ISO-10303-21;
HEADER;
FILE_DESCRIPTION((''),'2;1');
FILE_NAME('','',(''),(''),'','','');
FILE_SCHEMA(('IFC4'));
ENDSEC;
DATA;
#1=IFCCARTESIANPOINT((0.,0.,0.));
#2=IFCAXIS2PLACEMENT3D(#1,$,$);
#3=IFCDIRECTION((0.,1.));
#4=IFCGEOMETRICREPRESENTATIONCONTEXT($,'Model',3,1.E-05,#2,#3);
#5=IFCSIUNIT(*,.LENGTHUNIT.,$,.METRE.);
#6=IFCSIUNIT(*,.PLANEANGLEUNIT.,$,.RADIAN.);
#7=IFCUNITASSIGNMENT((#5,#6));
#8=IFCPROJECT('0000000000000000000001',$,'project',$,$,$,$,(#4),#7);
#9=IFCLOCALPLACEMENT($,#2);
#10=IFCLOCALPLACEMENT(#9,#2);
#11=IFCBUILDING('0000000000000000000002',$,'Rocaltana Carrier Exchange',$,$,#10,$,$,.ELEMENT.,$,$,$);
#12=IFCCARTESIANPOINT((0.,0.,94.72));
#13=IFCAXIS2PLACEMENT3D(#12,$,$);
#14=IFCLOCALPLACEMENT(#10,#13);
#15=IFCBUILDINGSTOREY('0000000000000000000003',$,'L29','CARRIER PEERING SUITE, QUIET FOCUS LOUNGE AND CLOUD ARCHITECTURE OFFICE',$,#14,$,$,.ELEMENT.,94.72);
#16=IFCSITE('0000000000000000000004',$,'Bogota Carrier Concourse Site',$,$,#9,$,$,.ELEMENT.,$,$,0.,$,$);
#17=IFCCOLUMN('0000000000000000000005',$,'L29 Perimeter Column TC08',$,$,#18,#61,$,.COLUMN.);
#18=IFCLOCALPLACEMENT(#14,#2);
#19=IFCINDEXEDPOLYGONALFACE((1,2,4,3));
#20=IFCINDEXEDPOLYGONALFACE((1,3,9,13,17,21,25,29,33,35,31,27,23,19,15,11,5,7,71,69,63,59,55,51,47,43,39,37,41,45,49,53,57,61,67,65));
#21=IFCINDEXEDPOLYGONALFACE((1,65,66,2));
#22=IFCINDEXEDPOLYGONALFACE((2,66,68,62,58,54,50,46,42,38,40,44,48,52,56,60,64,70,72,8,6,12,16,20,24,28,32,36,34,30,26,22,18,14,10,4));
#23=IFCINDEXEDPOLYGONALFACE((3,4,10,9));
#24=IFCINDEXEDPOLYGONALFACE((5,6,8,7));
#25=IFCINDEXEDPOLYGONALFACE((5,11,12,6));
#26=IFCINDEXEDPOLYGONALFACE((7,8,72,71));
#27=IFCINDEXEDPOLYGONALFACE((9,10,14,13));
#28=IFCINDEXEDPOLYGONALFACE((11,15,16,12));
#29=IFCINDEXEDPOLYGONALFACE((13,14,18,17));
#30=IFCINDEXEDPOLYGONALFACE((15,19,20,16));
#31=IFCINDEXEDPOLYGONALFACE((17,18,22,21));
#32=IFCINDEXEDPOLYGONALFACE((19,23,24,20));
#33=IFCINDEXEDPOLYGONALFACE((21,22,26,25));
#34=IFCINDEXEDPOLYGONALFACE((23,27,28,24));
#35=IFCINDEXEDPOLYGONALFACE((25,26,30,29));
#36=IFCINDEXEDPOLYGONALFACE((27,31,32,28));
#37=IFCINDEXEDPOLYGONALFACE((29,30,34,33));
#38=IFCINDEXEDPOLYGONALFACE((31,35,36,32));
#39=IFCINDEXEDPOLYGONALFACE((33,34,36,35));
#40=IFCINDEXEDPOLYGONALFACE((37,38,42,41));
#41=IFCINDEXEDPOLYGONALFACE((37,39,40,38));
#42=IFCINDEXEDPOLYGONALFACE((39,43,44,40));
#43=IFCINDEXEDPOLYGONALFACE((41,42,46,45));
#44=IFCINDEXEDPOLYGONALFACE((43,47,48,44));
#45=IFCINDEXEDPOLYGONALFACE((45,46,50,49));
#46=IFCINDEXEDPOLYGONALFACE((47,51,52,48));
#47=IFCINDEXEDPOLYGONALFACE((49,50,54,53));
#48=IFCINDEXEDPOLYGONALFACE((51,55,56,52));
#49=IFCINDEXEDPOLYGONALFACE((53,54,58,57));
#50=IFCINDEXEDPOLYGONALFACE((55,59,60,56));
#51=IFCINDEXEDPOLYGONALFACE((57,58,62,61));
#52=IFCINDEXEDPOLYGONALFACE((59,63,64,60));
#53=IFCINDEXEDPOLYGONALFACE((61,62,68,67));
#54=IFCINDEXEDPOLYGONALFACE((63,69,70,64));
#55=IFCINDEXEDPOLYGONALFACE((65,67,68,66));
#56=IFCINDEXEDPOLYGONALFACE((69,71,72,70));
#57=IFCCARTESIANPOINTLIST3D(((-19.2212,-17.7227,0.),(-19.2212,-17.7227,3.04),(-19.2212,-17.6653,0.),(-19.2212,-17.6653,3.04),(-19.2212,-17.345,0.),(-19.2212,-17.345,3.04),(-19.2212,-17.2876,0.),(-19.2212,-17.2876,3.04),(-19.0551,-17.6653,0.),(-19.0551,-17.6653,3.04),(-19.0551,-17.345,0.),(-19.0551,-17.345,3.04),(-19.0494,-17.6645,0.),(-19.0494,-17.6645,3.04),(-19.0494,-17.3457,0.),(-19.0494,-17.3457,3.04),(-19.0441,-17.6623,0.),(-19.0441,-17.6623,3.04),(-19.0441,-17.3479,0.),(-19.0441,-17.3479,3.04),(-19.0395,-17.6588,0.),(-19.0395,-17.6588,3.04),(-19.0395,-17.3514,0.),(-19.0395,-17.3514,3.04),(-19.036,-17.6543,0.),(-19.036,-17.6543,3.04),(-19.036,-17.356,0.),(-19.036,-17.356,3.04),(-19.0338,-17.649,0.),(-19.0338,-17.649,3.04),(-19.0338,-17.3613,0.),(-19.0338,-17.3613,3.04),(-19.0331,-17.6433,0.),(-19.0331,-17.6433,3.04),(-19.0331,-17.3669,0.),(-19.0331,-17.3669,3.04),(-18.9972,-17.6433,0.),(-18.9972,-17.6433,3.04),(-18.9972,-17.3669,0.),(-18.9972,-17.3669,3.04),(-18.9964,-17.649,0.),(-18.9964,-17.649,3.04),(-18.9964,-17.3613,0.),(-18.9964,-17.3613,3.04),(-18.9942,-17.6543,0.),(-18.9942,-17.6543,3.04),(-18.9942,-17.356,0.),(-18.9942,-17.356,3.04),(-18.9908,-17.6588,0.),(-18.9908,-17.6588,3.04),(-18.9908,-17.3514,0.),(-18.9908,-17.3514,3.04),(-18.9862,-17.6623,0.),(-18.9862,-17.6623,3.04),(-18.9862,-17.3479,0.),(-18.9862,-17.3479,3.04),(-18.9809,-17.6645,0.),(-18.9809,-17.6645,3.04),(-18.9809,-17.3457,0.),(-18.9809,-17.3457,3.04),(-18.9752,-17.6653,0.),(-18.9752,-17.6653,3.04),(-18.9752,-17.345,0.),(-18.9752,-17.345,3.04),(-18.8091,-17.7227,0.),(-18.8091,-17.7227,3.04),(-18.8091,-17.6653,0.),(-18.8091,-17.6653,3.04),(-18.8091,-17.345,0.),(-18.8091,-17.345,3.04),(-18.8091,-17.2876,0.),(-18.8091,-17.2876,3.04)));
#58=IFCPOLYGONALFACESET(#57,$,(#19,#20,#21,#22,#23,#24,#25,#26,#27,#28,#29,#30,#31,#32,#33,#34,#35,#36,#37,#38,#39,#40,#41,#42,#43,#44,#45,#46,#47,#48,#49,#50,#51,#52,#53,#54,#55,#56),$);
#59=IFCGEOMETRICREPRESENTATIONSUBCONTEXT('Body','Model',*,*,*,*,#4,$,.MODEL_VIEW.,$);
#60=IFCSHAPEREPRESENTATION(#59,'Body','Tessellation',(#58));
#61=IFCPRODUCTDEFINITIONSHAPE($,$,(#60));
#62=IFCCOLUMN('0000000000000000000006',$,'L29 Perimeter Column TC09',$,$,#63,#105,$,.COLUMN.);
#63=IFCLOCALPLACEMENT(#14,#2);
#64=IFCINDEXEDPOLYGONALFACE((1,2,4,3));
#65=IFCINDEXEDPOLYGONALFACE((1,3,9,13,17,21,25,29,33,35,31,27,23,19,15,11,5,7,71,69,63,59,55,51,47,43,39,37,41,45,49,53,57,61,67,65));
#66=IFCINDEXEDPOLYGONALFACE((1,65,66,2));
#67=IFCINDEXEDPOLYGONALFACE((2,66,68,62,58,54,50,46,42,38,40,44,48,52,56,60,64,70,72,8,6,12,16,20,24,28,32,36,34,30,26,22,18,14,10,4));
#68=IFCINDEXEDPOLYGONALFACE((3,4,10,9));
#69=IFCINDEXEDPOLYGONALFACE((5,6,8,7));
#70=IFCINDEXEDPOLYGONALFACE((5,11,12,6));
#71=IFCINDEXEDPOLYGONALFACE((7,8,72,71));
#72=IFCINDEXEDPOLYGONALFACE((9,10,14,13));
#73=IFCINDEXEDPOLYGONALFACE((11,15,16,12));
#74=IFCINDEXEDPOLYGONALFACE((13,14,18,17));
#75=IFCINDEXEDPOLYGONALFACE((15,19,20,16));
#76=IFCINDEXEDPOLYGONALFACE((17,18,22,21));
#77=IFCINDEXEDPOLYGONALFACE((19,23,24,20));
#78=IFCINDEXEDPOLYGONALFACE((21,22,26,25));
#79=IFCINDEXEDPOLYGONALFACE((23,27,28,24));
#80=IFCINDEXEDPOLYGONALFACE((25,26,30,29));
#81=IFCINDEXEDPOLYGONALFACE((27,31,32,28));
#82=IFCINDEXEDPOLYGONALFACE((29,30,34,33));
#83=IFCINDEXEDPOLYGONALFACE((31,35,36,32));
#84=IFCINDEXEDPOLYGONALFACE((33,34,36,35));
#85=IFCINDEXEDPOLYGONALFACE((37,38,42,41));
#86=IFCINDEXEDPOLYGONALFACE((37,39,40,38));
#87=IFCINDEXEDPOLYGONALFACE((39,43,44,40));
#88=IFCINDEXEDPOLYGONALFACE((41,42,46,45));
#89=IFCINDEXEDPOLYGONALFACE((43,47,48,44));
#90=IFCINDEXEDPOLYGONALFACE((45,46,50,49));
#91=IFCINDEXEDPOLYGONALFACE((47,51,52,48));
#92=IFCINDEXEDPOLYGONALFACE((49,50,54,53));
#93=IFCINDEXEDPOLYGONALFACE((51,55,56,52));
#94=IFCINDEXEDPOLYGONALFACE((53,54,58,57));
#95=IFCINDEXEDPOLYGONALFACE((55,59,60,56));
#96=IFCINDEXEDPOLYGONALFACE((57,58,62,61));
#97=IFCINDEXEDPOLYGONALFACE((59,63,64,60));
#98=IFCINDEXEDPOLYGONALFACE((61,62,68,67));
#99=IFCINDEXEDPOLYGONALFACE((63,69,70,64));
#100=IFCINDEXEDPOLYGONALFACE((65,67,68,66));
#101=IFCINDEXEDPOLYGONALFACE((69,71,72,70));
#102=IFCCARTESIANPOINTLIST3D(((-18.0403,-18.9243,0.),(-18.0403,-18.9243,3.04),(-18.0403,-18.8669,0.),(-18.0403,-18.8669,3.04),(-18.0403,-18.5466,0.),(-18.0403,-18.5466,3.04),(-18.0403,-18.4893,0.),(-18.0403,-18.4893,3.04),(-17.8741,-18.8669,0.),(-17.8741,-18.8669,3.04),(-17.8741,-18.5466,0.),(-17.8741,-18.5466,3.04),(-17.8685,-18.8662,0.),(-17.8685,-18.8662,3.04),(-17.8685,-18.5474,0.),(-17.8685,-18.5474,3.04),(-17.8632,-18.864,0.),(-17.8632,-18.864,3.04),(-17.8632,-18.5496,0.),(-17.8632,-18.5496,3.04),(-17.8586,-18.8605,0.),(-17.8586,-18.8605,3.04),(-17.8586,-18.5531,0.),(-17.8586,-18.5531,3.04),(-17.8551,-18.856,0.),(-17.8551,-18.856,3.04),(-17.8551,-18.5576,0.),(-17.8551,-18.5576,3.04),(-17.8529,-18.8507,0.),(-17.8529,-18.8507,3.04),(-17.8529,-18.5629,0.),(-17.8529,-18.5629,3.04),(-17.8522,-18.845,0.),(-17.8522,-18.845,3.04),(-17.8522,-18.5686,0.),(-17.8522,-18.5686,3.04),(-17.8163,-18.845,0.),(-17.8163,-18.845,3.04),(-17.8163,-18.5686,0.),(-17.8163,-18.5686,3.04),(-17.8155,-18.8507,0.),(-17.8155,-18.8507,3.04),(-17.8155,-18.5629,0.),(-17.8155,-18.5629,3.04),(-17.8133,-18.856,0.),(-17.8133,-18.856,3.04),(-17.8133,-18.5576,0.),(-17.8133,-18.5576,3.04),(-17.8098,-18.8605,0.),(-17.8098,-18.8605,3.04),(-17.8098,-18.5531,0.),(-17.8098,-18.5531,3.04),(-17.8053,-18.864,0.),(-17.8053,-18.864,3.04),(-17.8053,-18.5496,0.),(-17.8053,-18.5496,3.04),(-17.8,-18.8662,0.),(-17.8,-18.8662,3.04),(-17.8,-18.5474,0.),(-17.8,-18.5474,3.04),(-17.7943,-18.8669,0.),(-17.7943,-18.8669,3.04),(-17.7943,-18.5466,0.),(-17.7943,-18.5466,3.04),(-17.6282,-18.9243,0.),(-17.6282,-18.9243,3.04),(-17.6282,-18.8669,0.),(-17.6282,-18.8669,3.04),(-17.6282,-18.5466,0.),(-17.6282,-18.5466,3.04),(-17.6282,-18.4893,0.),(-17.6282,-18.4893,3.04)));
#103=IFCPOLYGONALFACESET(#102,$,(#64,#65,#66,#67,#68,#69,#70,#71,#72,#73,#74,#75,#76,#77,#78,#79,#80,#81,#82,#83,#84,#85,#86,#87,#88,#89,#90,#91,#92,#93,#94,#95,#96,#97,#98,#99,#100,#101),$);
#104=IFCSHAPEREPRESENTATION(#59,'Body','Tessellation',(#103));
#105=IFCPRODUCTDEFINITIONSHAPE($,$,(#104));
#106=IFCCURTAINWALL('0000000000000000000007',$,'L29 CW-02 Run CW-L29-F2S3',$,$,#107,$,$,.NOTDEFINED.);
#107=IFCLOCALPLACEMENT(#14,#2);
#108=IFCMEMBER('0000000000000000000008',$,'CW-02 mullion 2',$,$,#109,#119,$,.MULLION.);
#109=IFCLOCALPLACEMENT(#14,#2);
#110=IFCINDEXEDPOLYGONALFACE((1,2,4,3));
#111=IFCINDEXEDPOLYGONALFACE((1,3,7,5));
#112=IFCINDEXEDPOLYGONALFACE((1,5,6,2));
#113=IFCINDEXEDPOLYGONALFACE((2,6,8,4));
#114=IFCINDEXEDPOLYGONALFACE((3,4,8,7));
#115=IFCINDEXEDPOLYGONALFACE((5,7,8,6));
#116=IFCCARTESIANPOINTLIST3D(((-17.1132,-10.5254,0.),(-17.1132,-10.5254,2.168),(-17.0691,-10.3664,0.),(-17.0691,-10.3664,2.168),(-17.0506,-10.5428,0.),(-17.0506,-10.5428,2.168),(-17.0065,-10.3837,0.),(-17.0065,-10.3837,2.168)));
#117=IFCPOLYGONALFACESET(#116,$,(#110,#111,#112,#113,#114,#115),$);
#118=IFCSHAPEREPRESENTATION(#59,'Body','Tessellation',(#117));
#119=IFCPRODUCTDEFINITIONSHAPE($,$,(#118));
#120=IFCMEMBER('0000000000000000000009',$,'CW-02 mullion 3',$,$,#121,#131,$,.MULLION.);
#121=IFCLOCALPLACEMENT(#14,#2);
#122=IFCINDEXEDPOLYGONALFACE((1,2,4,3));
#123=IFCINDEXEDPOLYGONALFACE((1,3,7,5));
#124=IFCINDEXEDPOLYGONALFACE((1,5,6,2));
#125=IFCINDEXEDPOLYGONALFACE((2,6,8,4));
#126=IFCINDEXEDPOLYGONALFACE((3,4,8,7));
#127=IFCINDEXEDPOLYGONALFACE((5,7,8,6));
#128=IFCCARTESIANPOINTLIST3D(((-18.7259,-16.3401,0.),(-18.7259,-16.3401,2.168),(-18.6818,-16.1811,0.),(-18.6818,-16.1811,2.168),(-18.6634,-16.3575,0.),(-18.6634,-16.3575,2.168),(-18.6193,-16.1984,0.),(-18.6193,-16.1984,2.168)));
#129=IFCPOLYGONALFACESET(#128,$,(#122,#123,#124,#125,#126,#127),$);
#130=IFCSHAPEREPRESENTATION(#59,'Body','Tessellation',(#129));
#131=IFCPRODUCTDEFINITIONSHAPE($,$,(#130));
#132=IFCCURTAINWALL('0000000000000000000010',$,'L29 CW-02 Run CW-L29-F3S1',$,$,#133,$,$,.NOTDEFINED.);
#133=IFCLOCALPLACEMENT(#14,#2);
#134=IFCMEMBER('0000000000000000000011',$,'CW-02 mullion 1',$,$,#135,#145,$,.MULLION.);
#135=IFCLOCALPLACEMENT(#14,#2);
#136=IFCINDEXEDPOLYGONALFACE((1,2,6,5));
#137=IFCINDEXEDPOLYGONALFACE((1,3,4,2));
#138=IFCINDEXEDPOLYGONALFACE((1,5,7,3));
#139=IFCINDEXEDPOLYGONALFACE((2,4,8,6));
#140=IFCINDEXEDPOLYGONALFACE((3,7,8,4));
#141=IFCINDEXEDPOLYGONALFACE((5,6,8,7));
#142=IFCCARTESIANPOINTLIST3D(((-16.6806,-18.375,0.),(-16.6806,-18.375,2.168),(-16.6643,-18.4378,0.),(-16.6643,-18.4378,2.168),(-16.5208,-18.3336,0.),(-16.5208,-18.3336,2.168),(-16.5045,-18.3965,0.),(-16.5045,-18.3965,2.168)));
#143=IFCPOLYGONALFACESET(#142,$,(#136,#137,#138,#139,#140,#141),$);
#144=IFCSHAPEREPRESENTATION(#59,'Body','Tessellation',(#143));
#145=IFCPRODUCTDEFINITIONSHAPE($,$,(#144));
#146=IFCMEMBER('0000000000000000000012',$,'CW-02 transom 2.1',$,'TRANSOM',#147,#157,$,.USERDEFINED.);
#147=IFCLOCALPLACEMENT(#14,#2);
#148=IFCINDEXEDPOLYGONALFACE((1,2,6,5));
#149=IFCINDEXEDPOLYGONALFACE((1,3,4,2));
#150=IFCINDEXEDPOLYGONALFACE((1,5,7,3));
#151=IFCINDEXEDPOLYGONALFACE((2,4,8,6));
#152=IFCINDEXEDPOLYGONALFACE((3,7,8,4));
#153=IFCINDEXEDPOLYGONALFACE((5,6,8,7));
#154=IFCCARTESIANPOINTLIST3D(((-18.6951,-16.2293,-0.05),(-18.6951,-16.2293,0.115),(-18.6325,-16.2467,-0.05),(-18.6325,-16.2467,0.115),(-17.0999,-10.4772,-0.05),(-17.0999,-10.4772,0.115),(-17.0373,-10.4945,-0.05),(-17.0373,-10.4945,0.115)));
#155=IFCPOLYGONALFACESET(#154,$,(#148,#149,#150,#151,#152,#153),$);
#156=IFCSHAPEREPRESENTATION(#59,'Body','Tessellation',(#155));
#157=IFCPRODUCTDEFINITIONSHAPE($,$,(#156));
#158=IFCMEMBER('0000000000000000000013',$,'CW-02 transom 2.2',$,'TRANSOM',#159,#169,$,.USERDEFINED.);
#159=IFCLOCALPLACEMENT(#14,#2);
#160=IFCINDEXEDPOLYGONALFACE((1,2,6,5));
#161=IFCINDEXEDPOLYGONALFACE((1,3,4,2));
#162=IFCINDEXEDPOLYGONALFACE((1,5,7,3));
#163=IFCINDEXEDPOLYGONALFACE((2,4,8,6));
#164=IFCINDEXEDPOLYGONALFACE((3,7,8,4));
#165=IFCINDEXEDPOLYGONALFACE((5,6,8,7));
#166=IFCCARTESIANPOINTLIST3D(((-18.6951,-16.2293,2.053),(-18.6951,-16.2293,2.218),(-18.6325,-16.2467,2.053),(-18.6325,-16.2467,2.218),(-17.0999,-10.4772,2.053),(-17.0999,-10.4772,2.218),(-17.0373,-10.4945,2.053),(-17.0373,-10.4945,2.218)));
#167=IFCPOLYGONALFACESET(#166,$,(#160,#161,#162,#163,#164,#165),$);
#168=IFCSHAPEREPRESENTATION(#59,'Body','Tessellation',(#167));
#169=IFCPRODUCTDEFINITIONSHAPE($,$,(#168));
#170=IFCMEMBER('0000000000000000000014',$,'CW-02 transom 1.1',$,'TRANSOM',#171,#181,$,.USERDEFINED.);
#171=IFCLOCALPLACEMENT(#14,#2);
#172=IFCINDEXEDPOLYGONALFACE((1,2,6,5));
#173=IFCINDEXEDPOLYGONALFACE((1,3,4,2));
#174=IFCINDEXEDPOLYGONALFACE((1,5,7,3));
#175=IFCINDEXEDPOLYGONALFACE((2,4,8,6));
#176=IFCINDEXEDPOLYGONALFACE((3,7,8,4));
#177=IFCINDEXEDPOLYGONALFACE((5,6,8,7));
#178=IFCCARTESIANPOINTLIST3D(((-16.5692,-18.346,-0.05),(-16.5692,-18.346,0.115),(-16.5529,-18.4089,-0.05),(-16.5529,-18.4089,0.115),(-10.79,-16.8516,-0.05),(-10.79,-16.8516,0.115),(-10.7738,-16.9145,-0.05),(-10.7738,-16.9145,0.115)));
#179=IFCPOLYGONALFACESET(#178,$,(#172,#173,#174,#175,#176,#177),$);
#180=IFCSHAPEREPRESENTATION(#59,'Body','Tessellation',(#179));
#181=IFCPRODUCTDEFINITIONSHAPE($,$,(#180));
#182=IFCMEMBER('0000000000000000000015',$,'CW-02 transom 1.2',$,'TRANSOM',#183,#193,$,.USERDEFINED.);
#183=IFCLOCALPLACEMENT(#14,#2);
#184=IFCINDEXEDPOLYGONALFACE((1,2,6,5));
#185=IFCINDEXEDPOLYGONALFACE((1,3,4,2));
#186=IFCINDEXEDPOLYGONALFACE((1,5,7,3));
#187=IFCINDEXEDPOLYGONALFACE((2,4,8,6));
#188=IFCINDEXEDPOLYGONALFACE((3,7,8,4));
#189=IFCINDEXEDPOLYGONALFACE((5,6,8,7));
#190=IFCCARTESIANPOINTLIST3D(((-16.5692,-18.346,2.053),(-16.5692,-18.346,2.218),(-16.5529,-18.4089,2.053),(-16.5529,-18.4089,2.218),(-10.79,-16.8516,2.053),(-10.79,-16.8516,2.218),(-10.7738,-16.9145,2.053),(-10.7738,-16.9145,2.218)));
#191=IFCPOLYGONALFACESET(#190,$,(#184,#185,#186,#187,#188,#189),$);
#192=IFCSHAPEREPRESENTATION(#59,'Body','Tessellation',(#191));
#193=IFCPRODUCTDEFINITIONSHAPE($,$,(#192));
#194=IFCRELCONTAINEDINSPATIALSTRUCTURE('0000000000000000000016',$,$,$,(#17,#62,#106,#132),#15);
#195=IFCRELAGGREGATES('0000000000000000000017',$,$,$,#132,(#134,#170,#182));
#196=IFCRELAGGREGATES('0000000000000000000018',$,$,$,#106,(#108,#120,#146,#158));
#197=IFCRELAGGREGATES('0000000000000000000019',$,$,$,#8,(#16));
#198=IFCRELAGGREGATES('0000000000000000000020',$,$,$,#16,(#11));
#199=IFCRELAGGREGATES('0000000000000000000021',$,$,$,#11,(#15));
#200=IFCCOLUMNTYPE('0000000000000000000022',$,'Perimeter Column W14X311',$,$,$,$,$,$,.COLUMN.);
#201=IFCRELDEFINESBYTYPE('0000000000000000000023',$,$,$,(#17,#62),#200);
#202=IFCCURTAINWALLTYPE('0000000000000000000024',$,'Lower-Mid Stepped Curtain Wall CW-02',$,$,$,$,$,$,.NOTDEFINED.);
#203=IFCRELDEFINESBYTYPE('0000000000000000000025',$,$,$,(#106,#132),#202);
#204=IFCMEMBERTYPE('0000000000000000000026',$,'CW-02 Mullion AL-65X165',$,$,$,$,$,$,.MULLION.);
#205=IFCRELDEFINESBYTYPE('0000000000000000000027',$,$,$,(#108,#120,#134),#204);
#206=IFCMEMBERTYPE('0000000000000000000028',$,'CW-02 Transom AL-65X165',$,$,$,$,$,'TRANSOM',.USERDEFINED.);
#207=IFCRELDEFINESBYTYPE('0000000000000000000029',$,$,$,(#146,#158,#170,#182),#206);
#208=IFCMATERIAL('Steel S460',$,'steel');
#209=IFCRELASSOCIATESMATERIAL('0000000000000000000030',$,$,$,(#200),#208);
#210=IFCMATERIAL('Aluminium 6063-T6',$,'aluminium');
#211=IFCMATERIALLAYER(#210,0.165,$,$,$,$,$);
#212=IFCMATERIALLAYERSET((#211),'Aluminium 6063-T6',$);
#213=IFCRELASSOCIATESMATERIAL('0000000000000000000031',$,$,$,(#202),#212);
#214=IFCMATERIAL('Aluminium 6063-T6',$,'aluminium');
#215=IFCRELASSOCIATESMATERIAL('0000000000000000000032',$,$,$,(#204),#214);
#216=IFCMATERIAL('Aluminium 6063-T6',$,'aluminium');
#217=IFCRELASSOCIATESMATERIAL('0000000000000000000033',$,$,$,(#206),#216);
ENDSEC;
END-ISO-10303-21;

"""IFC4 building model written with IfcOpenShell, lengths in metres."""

from ifc_helpers import new_model, si_unit, direction, frame, origin, origin_2d, place, context, subcontext, project, spatial, rectangle, i_section, extrude, material, layer, layer_set, material_profile, profile_set, type_object, element, aggregate, save


model = new_model("IFC4")

# Units and contexts
model_context = context("Model", 3, precision=1e-05, world=origin(), true_north=direction((0.0, 1.0)))
body_context = subcontext(model_context, "Body", "Model", "MODEL_VIEW")
ifc_project = project(units=[si_unit("LENGTHUNIT", "METRE"), si_unit("PLANEANGLEUNIT", "RADIAN")], contexts=[model_context])

# Site, building, storey
site_placement = place(None, origin())
site = spatial("IfcSite", under=ifc_project, at=site_placement, Name="Bogota Carrier Concourse Site", CompositionType="ELEMENT", RefElevation=0.0)
building_placement = place(site_placement, origin())
building = spatial("IfcBuilding", under=site, at=building_placement, Name="Rocaltana Carrier Exchange", CompositionType="ELEMENT")
storey_placement = place(building_placement, frame((0.0, 0.0, 94.72)))
storey = spatial("IfcBuildingStorey", under=building, at=storey_placement, Name="L29", Description="CARRIER PEERING SUITE, QUIET FOCUS LOUNGE AND CLOUD ARCHITECTURE OFFICE", CompositionType="ELEMENT", Elevation=94.72)

# Columns
ifc_material_1 = material(Name="Steel S460", Category="steel")
ifc_material_profile_1 = material_profile(ifc_material_1, i_section(OverallWidth=0.4121, OverallDepth=0.4351, WebThickness=0.0359, FlangeThickness=0.0574, FilletRadius=0.022, at=origin_2d()), Name="W14X311")
ifc_profile_set_1 = profile_set([ifc_material_profile_1], Name="Steel S460")
column_type = type_object("IfcColumnType", Name="Perimeter Column W14X311", PredefinedType="COLUMN", material=ifc_profile_set_1)
for number, where, z_axis, x_axis, name in (
    (1, (-19.0151, -17.5051, 0.0), (0.0, 0.0, 1.0), (1.0, 0.0, 0.0), "L29 Perimeter Column TC08"),
    (2, (-17.8342, -18.7068, 0.0), (0.0, 0.0, 1.0), (1.0, 0.0, 0.0), "L29 Perimeter Column TC09"),
):
    element("IfcColumn", number, at=place(storey_placement, frame(where, z_axis=z_axis, x_axis=x_axis)), inside=storey, type_object=column_type, Name=name, PredefinedType="COLUMN", context=body_context, shape_type="SweptSolid", body=[
        extrude(i_section(OverallWidth=0.4121, OverallDepth=0.4351, WebThickness=0.0359, FlangeThickness=0.0574, FilletRadius=0.022, at=origin_2d()), origin(), (0.0, 0.0, 1.0), 3.04),
    ])

# Curtain wall, members
ifc_material_2 = material(Name="Aluminium 6063-T6", Category="aluminium")
ifc_layer_1 = layer(ifc_material_2, 0.165)
ifc_layer_set_1 = layer_set([ifc_layer_1], Name="Aluminium 6063-T6")
curtain_wall_type = type_object("IfcCurtainWallType", Name="Lower-Mid Stepped Curtain Wall CW-02", PredefinedType="NOTDEFINED", material=ifc_layer_set_1)
curtain_wall_1_placement = place(storey_placement, origin())
curtain_wall_1 = element("IfcCurtainWall", 3, at=curtain_wall_1_placement, inside=storey, type_object=curtain_wall_type, Name="L29 CW-02 Run CW-L29-F2S3", PredefinedType="NOTDEFINED")
ifc_material_3 = material(Name="Aluminium 6063-T6", Category="aluminium")
ifc_material_profile_2 = material_profile(ifc_material_3, rectangle(XDim=0.0649, YDim=0.165, at=origin_2d()), Name="AL-65X165")
ifc_profile_set_2 = profile_set([ifc_material_profile_2], Name="Aluminium 6063-T6")
member_type_1 = type_object("IfcMemberType", Name="CW-02 Mullion AL-65X165", PredefinedType="MULLION", material=ifc_profile_set_2)
member_1_placement = place(storey_placement, frame((-17.0598, -10.4546, 0.0), z_axis=(0.0, 0.0, 1.0), x_axis=(0.963629, -0.267243, 0.0)))
member_1 = element("IfcMember", 4, at=member_1_placement, type_object=member_type_1, Name="CW-02 mullion 2", PredefinedType="MULLION", context=body_context, shape_type="SweptSolid", body=[
    extrude(rectangle(XDim=0.0649, YDim=0.165, at=origin_2d()), origin(), (0.0, 0.0, 1.0), 2.168),
])
member_2_placement = place(storey_placement, frame((-18.6726, -16.2693, 0.0), z_axis=(0.0, 0.0, 1.0), x_axis=(0.963629, -0.267243, 0.0)))
member_2 = element("IfcMember", 5, at=member_2_placement, type_object=member_type_1, Name="CW-02 mullion 3", PredefinedType="MULLION", context=body_context, shape_type="SweptSolid", body=[
    extrude(rectangle(XDim=0.0649, YDim=0.165, at=origin_2d()), origin(), (0.0, 0.0, 1.0), 2.168),
])

# Curtain wall, member
curtain_wall_2_placement = place(storey_placement, origin())
curtain_wall_2 = element("IfcCurtainWall", 6, at=curtain_wall_2_placement, inside=storey, type_object=curtain_wall_type, Name="L29 CW-02 Run CW-L29-F3S1", PredefinedType="NOTDEFINED")
member_3_placement = place(storey_placement, frame((-16.5925, -18.3857, 0.0), z_axis=(0.0, 0.0, 1.0), x_axis=(-0.250378, 0.968148, 0.0)))
member_3 = element("IfcMember", 7, at=member_3_placement, type_object=member_type_1, Name="CW-02 mullion 1", PredefinedType="MULLION", context=body_context, shape_type="SweptSolid", body=[
    extrude(rectangle(XDim=0.0649, YDim=0.165, at=origin_2d()), origin(), (0.0, 0.0, 1.0), 2.168),
])

# Members
ifc_material_4 = material(Name="Aluminium 6063-T6", Category="aluminium")
ifc_material_profile_3 = material_profile(ifc_material_4, rectangle(XDim=0.0649, YDim=0.165, at=origin_2d()), Name="AL-65X165")
ifc_profile_set_3 = profile_set([ifc_material_profile_3], Name="Aluminium 6063-T6")
member_type_2 = type_object("IfcMemberType", Name="CW-02 Transom AL-65X165", ElementType="TRANSOM", PredefinedType="USERDEFINED", material=ifc_profile_set_3)
member_4_placement = place(storey_placement, frame((-17.0686, -10.4858, 0.0325), z_axis=(-0.267237, -0.963631, 0.0), x_axis=(0.963631, -0.267237, 0.0)))
member_4 = element("IfcMember", 8, at=member_4_placement, type_object=member_type_2, Name="CW-02 transom 2.1", ObjectType="TRANSOM", PredefinedType="USERDEFINED", context=body_context, shape_type="SweptSolid", body=[
    extrude(rectangle(XDim=0.0649, YDim=0.165, at=origin_2d()), origin(), (0.0, 0.0, 1.0), 5.9692),
])
member_5_placement = place(storey_placement, frame((-17.0686, -10.4858, 2.1355), z_axis=(-0.267237, -0.963631, 0.0), x_axis=(0.963631, -0.267237, 0.0)))
member_5 = element("IfcMember", 9, at=member_5_placement, type_object=member_type_2, Name="CW-02 transom 2.2", ObjectType="TRANSOM", PredefinedType="USERDEFINED", context=body_context, shape_type="SweptSolid", body=[
    extrude(rectangle(XDim=0.0649, YDim=0.165, at=origin_2d()), origin(), (0.0, 0.0, 1.0), 5.9692),
])
member_6_placement = place(storey_placement, frame((-16.561, -18.3774, 0.0325), z_axis=(0.968155, 0.250352, 0.0), x_axis=(-0.250352, 0.968155, 0.0)))
member_6 = element("IfcMember", 10, at=member_6_placement, type_object=member_type_2, Name="CW-02 transom 1.1", ObjectType="TRANSOM", PredefinedType="USERDEFINED", context=body_context, shape_type="SweptSolid", body=[
    extrude(rectangle(XDim=0.0649, YDim=0.165, at=origin_2d()), origin(), (0.0, 0.0, 1.0), 5.9692),
])
member_7_placement = place(storey_placement, frame((-16.561, -18.3774, 2.1355), z_axis=(0.968155, 0.250352, 0.0), x_axis=(-0.250352, 0.968155, 0.0)))
member_7 = element("IfcMember", 11, at=member_7_placement, type_object=member_type_2, Name="CW-02 transom 1.2", ObjectType="TRANSOM", PredefinedType="USERDEFINED", context=body_context, shape_type="SweptSolid", body=[
    extrude(rectangle(XDim=0.0649, YDim=0.165, at=origin_2d()), origin(), (0.0, 0.0, 1.0), 5.9692),
])
aggregate(curtain_wall_2, [member_3, member_6, member_7])

aggregate(curtain_wall_1, [member_1, member_2, member_4, member_5])

save(model, "model.ifc")
